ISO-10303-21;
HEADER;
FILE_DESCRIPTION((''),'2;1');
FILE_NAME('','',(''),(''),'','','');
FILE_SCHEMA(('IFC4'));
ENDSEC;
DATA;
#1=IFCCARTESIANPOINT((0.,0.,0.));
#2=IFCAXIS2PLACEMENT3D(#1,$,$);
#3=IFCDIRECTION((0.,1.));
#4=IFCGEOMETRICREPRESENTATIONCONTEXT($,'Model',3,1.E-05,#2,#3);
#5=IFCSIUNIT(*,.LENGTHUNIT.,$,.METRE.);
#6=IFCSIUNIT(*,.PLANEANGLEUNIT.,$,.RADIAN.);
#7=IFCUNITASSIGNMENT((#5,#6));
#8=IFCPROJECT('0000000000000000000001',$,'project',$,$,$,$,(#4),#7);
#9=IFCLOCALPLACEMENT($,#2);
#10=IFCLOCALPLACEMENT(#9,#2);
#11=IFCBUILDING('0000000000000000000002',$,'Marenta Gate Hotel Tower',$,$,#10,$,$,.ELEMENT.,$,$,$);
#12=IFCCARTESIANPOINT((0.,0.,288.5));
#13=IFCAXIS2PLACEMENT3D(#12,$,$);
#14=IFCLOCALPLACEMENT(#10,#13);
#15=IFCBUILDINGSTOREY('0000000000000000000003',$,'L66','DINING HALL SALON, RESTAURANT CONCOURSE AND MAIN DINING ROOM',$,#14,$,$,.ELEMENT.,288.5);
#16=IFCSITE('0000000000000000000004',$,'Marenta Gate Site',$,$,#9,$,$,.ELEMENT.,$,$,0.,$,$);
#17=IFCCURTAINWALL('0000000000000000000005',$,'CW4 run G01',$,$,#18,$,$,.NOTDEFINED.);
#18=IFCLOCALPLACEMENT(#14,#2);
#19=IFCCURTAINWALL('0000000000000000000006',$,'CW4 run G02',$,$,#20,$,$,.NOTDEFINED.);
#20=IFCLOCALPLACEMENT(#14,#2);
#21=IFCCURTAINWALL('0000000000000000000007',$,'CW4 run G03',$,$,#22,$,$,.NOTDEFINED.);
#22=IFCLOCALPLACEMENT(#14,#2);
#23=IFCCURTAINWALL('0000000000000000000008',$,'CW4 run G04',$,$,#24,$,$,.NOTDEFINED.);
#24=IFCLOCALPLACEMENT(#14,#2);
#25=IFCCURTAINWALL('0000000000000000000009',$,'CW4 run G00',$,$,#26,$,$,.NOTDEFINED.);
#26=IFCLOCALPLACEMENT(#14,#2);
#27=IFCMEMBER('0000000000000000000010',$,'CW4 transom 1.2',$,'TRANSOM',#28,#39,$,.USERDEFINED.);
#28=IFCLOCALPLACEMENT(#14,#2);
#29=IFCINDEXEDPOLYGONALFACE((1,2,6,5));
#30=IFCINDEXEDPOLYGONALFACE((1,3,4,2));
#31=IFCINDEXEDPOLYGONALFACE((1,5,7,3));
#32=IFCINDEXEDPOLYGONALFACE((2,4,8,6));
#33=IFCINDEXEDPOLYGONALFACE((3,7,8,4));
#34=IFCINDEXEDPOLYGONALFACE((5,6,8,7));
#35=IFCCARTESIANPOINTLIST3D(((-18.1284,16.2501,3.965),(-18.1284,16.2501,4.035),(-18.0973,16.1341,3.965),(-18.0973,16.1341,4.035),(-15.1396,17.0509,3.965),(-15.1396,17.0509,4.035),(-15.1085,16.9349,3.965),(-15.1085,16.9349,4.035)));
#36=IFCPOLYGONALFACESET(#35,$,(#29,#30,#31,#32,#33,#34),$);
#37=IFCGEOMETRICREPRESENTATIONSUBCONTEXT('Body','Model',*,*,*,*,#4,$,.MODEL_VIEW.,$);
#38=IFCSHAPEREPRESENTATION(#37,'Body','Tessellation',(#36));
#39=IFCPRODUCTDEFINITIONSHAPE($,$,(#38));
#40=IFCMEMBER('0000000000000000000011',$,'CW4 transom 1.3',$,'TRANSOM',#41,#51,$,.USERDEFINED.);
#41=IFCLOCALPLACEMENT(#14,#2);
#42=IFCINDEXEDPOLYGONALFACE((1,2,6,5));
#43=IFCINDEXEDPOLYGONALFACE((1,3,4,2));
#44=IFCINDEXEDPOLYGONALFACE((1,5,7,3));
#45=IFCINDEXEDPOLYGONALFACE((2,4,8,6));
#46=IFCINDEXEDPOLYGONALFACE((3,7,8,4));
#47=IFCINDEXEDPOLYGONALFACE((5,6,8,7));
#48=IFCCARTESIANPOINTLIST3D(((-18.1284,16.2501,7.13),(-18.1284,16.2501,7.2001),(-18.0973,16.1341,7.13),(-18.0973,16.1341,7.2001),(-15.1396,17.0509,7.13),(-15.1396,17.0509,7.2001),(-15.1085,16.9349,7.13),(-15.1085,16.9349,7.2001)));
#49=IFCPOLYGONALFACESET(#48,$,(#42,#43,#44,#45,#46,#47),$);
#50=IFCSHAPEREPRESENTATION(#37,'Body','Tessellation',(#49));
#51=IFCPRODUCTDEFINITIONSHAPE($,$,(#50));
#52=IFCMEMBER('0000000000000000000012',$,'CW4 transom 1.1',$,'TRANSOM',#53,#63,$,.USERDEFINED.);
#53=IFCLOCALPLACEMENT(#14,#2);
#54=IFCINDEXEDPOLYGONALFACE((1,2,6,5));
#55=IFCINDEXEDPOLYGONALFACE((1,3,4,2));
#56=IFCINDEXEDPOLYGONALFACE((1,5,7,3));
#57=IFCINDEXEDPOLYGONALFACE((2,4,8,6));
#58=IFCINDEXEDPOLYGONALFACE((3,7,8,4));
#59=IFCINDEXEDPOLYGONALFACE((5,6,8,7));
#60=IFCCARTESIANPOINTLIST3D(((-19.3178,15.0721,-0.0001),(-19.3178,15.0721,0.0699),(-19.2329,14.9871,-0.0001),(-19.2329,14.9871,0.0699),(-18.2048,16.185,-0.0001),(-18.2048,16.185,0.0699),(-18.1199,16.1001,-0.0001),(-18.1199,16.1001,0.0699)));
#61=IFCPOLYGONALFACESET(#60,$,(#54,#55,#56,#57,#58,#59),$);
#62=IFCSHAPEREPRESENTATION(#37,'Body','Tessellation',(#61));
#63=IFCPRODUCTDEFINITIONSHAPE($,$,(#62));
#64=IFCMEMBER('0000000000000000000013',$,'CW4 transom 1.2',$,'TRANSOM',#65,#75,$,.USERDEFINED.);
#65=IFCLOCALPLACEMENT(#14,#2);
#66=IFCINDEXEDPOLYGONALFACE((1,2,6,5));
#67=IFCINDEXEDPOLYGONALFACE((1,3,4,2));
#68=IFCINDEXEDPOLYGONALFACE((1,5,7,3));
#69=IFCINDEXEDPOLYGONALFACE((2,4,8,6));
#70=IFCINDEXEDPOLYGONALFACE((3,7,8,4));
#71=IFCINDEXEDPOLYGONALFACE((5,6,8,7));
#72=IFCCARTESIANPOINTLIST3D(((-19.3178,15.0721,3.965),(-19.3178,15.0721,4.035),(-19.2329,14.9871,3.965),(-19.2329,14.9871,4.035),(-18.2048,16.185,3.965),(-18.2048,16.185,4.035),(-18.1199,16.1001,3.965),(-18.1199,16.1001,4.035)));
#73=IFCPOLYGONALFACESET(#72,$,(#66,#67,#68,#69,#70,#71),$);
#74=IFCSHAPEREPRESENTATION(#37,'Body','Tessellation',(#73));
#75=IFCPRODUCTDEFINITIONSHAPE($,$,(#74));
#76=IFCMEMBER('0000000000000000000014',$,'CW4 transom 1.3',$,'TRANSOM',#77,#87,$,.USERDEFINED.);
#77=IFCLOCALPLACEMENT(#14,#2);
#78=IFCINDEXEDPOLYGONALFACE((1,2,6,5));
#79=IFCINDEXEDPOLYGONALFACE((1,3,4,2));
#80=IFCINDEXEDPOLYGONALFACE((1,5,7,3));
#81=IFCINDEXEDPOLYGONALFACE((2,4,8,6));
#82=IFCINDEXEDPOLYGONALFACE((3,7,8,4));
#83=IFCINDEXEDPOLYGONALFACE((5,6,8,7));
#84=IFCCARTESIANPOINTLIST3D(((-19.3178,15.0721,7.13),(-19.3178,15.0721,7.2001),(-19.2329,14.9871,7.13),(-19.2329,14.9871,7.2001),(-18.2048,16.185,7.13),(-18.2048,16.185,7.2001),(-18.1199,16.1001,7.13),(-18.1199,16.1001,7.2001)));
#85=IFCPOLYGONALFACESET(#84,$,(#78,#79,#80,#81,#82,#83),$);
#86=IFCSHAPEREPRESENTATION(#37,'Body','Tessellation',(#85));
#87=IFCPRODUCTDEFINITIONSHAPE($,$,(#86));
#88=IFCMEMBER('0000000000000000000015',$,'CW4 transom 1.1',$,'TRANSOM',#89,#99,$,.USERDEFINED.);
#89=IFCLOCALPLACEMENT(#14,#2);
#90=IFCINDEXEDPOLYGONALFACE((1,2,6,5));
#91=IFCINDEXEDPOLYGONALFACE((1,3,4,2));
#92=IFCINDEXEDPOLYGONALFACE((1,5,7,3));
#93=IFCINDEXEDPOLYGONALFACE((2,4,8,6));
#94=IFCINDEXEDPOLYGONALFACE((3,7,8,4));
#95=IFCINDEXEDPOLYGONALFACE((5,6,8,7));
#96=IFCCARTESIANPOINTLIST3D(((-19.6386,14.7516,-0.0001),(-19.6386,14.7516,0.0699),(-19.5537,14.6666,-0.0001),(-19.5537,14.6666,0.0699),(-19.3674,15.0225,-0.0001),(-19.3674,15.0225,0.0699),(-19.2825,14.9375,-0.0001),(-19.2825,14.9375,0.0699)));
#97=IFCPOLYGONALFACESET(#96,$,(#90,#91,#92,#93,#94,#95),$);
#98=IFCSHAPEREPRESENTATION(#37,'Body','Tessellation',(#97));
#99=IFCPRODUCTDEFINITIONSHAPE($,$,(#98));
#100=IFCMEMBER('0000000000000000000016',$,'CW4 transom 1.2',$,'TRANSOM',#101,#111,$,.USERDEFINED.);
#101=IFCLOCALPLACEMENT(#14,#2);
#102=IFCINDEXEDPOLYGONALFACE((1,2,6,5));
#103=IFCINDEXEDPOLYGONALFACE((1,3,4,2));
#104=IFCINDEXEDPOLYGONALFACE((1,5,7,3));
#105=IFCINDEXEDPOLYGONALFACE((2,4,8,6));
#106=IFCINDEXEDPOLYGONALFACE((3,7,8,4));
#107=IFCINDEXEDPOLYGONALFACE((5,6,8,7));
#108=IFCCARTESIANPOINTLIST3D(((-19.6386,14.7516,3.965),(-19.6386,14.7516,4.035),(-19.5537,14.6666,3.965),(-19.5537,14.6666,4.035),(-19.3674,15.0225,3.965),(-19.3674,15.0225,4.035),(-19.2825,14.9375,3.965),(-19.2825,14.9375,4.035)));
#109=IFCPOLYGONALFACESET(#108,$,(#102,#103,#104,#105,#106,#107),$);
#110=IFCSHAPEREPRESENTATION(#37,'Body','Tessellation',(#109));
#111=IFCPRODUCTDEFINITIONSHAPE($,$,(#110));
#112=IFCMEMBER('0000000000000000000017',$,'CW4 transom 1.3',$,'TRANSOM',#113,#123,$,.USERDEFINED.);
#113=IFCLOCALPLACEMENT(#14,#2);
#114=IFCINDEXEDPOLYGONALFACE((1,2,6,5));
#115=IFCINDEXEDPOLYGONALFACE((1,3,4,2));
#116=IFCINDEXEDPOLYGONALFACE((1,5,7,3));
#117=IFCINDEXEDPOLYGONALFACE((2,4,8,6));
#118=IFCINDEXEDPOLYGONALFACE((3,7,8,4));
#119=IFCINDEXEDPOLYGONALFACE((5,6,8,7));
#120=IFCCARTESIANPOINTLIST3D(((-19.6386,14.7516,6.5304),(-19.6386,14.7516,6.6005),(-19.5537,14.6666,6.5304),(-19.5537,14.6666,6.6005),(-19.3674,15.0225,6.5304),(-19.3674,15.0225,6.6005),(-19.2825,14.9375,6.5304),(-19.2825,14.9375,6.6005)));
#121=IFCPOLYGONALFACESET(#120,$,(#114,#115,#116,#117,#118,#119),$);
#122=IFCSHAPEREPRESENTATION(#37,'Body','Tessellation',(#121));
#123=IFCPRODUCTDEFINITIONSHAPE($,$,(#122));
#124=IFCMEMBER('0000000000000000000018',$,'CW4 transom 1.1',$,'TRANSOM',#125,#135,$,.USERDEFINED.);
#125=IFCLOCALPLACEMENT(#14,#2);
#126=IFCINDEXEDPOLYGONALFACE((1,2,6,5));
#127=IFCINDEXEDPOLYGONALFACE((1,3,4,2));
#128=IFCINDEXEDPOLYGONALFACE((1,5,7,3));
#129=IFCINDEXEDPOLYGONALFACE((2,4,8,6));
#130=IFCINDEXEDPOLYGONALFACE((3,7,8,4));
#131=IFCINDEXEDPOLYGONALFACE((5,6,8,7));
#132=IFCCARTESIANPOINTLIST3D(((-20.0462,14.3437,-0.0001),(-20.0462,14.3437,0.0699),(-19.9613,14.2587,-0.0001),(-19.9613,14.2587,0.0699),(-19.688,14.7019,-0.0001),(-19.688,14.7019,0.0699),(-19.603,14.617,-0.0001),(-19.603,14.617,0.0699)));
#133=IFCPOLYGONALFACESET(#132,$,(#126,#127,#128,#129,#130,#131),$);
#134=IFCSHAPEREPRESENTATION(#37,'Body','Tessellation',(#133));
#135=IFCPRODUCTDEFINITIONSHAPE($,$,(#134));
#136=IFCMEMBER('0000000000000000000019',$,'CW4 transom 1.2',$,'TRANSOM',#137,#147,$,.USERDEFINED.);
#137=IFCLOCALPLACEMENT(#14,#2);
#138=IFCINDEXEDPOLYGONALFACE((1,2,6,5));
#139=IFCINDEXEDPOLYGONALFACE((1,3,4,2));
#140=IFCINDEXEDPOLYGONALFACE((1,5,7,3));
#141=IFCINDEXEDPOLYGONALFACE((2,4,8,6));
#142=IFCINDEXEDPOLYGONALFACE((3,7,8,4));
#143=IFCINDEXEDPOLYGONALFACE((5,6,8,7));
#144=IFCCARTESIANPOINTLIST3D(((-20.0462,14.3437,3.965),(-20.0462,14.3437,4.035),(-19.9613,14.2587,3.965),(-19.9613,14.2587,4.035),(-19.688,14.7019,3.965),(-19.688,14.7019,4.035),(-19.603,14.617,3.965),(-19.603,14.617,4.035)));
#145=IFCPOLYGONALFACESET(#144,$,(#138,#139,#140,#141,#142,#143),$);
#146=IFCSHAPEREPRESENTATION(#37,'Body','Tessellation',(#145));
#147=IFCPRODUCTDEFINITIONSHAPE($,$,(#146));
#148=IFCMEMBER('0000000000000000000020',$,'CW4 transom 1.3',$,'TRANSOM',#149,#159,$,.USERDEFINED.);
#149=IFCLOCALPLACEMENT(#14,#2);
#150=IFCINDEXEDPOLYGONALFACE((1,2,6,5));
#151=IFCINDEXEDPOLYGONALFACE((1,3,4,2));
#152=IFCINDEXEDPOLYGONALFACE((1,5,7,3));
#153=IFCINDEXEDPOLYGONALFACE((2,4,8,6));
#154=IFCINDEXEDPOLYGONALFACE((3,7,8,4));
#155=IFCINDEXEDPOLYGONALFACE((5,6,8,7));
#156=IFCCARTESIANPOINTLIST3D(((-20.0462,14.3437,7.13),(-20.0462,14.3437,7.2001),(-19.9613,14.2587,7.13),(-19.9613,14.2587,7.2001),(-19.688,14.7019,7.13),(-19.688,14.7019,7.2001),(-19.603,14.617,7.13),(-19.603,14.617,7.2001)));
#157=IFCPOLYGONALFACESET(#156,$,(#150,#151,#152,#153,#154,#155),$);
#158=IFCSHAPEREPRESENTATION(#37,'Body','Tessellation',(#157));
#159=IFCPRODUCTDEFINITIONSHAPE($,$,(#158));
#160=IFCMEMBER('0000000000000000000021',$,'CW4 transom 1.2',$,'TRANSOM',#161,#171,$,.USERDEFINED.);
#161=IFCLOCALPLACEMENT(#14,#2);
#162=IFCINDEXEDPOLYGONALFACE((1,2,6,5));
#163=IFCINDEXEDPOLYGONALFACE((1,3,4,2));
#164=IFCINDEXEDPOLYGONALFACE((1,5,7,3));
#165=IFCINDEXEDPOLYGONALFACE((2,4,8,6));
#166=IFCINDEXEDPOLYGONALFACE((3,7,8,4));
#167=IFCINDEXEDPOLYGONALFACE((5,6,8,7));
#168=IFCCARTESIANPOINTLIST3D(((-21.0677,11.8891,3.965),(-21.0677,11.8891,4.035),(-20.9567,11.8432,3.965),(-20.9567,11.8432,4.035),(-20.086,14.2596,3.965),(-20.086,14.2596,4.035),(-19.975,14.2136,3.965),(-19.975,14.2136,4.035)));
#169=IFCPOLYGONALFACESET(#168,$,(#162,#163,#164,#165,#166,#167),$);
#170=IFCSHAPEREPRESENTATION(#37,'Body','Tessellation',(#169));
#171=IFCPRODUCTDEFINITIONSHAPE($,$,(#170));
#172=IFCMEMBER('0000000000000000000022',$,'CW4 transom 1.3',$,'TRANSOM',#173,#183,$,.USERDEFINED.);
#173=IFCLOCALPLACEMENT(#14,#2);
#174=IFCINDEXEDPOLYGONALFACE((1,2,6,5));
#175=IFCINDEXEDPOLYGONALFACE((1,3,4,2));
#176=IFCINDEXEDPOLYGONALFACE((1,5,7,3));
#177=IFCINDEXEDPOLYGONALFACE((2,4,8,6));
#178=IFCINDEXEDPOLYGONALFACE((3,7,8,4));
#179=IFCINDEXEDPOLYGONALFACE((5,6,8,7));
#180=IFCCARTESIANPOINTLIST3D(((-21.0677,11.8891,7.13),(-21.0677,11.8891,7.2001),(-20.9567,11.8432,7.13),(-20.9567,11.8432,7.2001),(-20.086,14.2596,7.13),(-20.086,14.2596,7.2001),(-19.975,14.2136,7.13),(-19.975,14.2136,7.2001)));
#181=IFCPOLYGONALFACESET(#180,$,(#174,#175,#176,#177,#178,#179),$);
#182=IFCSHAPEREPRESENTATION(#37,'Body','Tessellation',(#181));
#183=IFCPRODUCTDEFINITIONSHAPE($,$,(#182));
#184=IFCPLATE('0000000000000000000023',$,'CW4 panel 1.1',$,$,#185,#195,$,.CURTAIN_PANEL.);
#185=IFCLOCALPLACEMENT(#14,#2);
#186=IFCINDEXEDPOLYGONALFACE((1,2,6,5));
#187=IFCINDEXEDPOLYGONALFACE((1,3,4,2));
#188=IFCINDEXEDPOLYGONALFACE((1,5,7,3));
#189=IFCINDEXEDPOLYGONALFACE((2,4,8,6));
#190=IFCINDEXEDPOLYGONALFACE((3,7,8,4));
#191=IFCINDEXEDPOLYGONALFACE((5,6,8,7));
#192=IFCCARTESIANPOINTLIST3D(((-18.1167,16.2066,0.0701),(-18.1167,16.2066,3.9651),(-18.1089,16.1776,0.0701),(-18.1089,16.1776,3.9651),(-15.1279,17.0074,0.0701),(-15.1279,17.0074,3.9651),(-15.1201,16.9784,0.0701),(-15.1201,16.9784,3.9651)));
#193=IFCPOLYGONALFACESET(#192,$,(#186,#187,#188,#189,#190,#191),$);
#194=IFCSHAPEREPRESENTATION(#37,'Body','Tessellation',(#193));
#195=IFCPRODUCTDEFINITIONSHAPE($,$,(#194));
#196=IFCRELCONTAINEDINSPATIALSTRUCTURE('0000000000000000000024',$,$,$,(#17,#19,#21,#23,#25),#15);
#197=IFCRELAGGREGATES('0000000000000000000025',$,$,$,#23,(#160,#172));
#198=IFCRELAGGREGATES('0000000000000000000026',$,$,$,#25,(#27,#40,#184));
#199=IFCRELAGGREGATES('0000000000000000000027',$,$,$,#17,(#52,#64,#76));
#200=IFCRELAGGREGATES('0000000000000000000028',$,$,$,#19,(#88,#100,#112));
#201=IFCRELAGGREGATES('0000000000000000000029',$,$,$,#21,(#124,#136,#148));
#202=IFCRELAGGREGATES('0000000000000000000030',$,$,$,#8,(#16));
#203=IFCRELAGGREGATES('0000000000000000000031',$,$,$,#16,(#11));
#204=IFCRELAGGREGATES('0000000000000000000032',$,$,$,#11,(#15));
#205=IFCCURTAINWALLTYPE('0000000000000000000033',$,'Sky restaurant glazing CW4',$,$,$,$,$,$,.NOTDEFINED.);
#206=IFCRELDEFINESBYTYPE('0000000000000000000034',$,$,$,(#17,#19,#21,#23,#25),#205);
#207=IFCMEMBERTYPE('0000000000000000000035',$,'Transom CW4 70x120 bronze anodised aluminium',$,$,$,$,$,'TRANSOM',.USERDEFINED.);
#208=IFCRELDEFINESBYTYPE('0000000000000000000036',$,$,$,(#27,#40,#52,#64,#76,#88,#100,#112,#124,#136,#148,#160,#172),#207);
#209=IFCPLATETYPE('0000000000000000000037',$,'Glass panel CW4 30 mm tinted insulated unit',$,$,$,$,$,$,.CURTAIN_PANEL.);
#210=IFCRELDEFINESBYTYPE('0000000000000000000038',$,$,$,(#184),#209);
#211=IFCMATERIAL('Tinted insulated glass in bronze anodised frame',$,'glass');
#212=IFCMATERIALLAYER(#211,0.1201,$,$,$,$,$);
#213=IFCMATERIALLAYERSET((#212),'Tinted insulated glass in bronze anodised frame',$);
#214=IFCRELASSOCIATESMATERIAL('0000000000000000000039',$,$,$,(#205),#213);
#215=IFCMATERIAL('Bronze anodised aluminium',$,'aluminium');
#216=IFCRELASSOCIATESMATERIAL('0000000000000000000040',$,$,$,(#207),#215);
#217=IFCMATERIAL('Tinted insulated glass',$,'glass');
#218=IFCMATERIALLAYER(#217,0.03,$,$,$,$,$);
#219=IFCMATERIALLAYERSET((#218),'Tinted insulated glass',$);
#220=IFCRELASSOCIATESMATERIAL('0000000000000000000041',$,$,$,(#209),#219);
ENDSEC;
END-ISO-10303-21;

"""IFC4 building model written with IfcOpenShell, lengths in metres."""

from ifc_helpers import new_model, si_unit, direction, frame, origin, origin_2d, place, context, subcontext, project, spatial, rectangle, extrude, material, layer, layer_set, material_profile, profile_set, type_object, element, aggregate, save


model = new_model("IFC4")

# Units and contexts
model_context = context("Model", 3, precision=1e-05, world=origin(), true_north=direction((0.0, 1.0)))
body_context = subcontext(model_context, "Body", "Model", "MODEL_VIEW")
ifc_project = project(units=[si_unit("LENGTHUNIT", "METRE"), si_unit("PLANEANGLEUNIT", "RADIAN")], contexts=[model_context])

# Site, building, storey
site_placement = place(None, origin())
site = spatial("IfcSite", under=ifc_project, at=site_placement, Name="Marenta Gate Site", CompositionType="ELEMENT", RefElevation=0.0)
building_placement = place(site_placement, origin())
building = spatial("IfcBuilding", under=site, at=building_placement, Name="Marenta Gate Hotel Tower", CompositionType="ELEMENT")
storey_placement = place(building_placement, frame((0.0, 0.0, 288.5)))
storey = spatial("IfcBuildingStorey", under=building, at=storey_placement, Name="L66", Description="DINING HALL SALON, RESTAURANT CONCOURSE AND MAIN DINING ROOM", CompositionType="ELEMENT", Elevation=288.5)

# Curtain walls
ifc_material_1 = material(Name="Tinted insulated glass in bronze anodised frame", Category="glass")
ifc_layer_1 = layer(ifc_material_1, 0.1201)
ifc_layer_set_1 = layer_set([ifc_layer_1], Name="Tinted insulated glass in bronze anodised frame")
curtain_wall_type = type_object("IfcCurtainWallType", Name="Sky restaurant glazing CW4", PredefinedType="NOTDEFINED", material=ifc_layer_set_1)
curtain_wall_1_placement = place(storey_placement, origin())
curtain_wall_1 = element("IfcCurtainWall", 1, at=curtain_wall_1_placement, inside=storey, type_object=curtain_wall_type, Name="CW4 run G01", PredefinedType="NOTDEFINED")
curtain_wall_2_placement = place(storey_placement, origin())
curtain_wall_2 = element("IfcCurtainWall", 2, at=curtain_wall_2_placement, inside=storey, type_object=curtain_wall_type, Name="CW4 run G02", PredefinedType="NOTDEFINED")
curtain_wall_3_placement = place(storey_placement, origin())
curtain_wall_3 = element("IfcCurtainWall", 3, at=curtain_wall_3_placement, inside=storey, type_object=curtain_wall_type, Name="CW4 run G03", PredefinedType="NOTDEFINED")
curtain_wall_4_placement = place(storey_placement, origin())
curtain_wall_4 = element("IfcCurtainWall", 4, at=curtain_wall_4_placement, inside=storey, type_object=curtain_wall_type, Name="CW4 run G04", PredefinedType="NOTDEFINED")

# Curtain wall, members
curtain_wall_5_placement = place(storey_placement, origin())
curtain_wall_5 = element("IfcCurtainWall", 5, at=curtain_wall_5_placement, inside=storey, type_object=curtain_wall_type, Name="CW4 run G00", PredefinedType="NOTDEFINED")
ifc_material_2 = material(Name="Bronze anodised aluminium", Category="aluminium")
ifc_material_profile_1 = material_profile(ifc_material_2, rectangle(XDim=0.1201, YDim=0.0701, at=origin_2d()), Name="Transom CW4 70x120 bronze anodised aluminium")
ifc_profile_set_1 = profile_set([ifc_material_profile_1], Name="Bronze anodised aluminium")
member_type_1 = type_object("IfcMemberType", Name="Transom CW4 70x120 bronze anodised aluminium", ElementType="TRANSOM", PredefinedType="USERDEFINED", material=ifc_profile_set_1)
member_1_placement = place(storey_placement, frame((-15.124, 16.9929, 4.0), z_axis=(-0.96593, -0.258802, 0.0), x_axis=(0.258802, -0.96593, 0.0)))
member_1 = element("IfcMember", 6, at=member_1_placement, type_object=member_type_1, Name="CW4 transom 1.2", ObjectType="TRANSOM", PredefinedType="USERDEFINED", context=body_context, shape_type="SweptSolid", body=[
    extrude(rectangle(XDim=0.1201, YDim=0.0701, at=origin_2d()), origin(), (0.0, 0.0, 1.0), 3.0942),
])
member_2_placement = place(storey_placement, frame((-15.124, 16.9929, 7.165), z_axis=(-0.96593, -0.258802, 0.0), x_axis=(0.258802, -0.96593, 0.0)))
member_2 = element("IfcMember", 7, at=member_2_placement, type_object=member_type_1, Name="CW4 transom 1.3", ObjectType="TRANSOM", PredefinedType="USERDEFINED", context=body_context, shape_type="SweptSolid", body=[
    extrude(rectangle(XDim=0.1201, YDim=0.0701, at=origin_2d()), origin(), (0.0, 0.0, 1.0), 3.0942),
])

# Members
member_3_placement = place(storey_placement, frame((-18.1624, 16.1426, 0.0349), z_axis=(-0.707107, -0.707107, 0.0), x_axis=(0.707107, -0.707107, 0.0)))
member_3 = element("IfcMember", 8, at=member_3_placement, type_object=member_type_1, Name="CW4 transom 1.1", ObjectType="TRANSOM", PredefinedType="USERDEFINED", context=body_context, shape_type="SweptSolid", body=[
    extrude(rectangle(XDim=0.1201, YDim=0.0701, at=origin_2d()), origin(), (0.0, 0.0, 1.0), 1.574),
])
member_4_placement = place(storey_placement, frame((-18.1624, 16.1426, 4.0), z_axis=(-0.707107, -0.707107, 0.0), x_axis=(0.707107, -0.707107, 0.0)))
member_4 = element("IfcMember", 9, at=member_4_placement, type_object=member_type_1, Name="CW4 transom 1.2", ObjectType="TRANSOM", PredefinedType="USERDEFINED", context=body_context, shape_type="SweptSolid", body=[
    extrude(rectangle(XDim=0.1201, YDim=0.0701, at=origin_2d()), origin(), (0.0, 0.0, 1.0), 1.574),
])
member_5_placement = place(storey_placement, frame((-18.1624, 16.1426, 7.165), z_axis=(-0.707107, -0.707107, 0.0), x_axis=(0.707107, -0.707107, 0.0)))
member_5 = element("IfcMember", 10, at=member_5_placement, type_object=member_type_1, Name="CW4 transom 1.3", ObjectType="TRANSOM", PredefinedType="USERDEFINED", context=body_context, shape_type="SweptSolid", body=[
    extrude(rectangle(XDim=0.1201, YDim=0.0701, at=origin_2d()), origin(), (0.0, 0.0, 1.0), 1.574),
])
member_6_placement = place(storey_placement, frame((-19.325, 14.98, 0.0349), z_axis=(-0.707425, -0.706788, 0.0), x_axis=(0.706788, -0.707425, 0.0)))
member_6 = element("IfcMember", 11, at=member_6_placement, type_object=member_type_1, Name="CW4 transom 1.1", ObjectType="TRANSOM", PredefinedType="USERDEFINED", context=body_context, shape_type="SweptSolid", body=[
    extrude(rectangle(XDim=0.1201, YDim=0.0701, at=origin_2d()), origin(), (0.0, 0.0, 1.0), 0.3833),
])
member_7_placement = place(storey_placement, frame((-19.325, 14.98, 4.0), z_axis=(-0.707425, -0.706788, 0.0), x_axis=(0.706788, -0.707425, 0.0)))
member_7 = element("IfcMember", 12, at=member_7_placement, type_object=member_type_1, Name="CW4 transom 1.2", ObjectType="TRANSOM", PredefinedType="USERDEFINED", context=body_context, shape_type="SweptSolid", body=[
    extrude(rectangle(XDim=0.1201, YDim=0.0701, at=origin_2d()), origin(), (0.0, 0.0, 1.0), 0.3833),
])
member_8_placement = place(storey_placement, frame((-19.325, 14.98, 6.5654), z_axis=(-0.707425, -0.706788, 0.0), x_axis=(0.706788, -0.707425, 0.0)))
member_8 = element("IfcMember", 13, at=member_8_placement, type_object=member_type_1, Name="CW4 transom 1.3", ObjectType="TRANSOM", PredefinedType="USERDEFINED", context=body_context, shape_type="SweptSolid", body=[
    extrude(rectangle(XDim=0.1201, YDim=0.0701, at=origin_2d()), origin(), (0.0, 0.0, 1.0), 0.3833),
])
member_9_placement = place(storey_placement, frame((-19.6455, 14.6594, 0.0349), z_axis=(-0.707107, -0.707107, 0.0), x_axis=(0.707107, -0.707107, 0.0)))
member_9 = element("IfcMember", 14, at=member_9_placement, type_object=member_type_1, Name="CW4 transom 1.1", ObjectType="TRANSOM", PredefinedType="USERDEFINED", context=body_context, shape_type="SweptSolid", body=[
    extrude(rectangle(XDim=0.1201, YDim=0.0701, at=origin_2d()), origin(), (0.0, 0.0, 1.0), 0.5066),
])
member_10_placement = place(storey_placement, frame((-19.6455, 14.6594, 4.0), z_axis=(-0.707107, -0.707107, 0.0), x_axis=(0.707107, -0.707107, 0.0)))
member_10 = element("IfcMember", 15, at=member_10_placement, type_object=member_type_1, Name="CW4 transom 1.2", ObjectType="TRANSOM", PredefinedType="USERDEFINED", context=body_context, shape_type="SweptSolid", body=[
    extrude(rectangle(XDim=0.1201, YDim=0.0701, at=origin_2d()), origin(), (0.0, 0.0, 1.0), 0.5066),
])
member_11_placement = place(storey_placement, frame((-19.6455, 14.6594, 7.165), z_axis=(-0.707107, -0.707107, 0.0), x_axis=(0.707107, -0.707107, 0.0)))
member_11 = element("IfcMember", 16, at=member_11_placement, type_object=member_type_1, Name="CW4 transom 1.3", ObjectType="TRANSOM", PredefinedType="USERDEFINED", context=body_context, shape_type="SweptSolid", body=[
    extrude(rectangle(XDim=0.1201, YDim=0.0701, at=origin_2d()), origin(), (0.0, 0.0, 1.0), 0.5066),
])
member_12_placement = place(storey_placement, frame((-20.0305, 14.2366, 4.0), z_axis=(-0.382635, -0.9239, 0.0), x_axis=(0.9239, -0.382635, 0.0)))
member_12 = element("IfcMember", 17, at=member_12_placement, type_object=member_type_1, Name="CW4 transom 1.2", ObjectType="TRANSOM", PredefinedType="USERDEFINED", context=body_context, shape_type="SweptSolid", body=[
    extrude(rectangle(XDim=0.1201, YDim=0.0701, at=origin_2d()), origin(), (0.0, 0.0, 1.0), 2.5657),
])
member_13_placement = place(storey_placement, frame((-20.0305, 14.2366, 7.165), z_axis=(-0.382635, -0.9239, 0.0), x_axis=(0.9239, -0.382635, 0.0)))
member_13 = element("IfcMember", 18, at=member_13_placement, type_object=member_type_1, Name="CW4 transom 1.3", ObjectType="TRANSOM", PredefinedType="USERDEFINED", context=body_context, shape_type="SweptSolid", body=[
    extrude(rectangle(XDim=0.1201, YDim=0.0701, at=origin_2d()), origin(), (0.0, 0.0, 1.0), 2.5657),
])
aggregate(curtain_wall_4, [member_12, member_13])

# Plate
ifc_material_3 = material(Name="Tinted insulated glass", Category="glass")
ifc_layer_2 = layer(ifc_material_3, 0.03)
ifc_layer_set_2 = layer_set([ifc_layer_2], Name="Tinted insulated glass")
plate_type = type_object("IfcPlateType", Name="Glass panel CW4 30 mm tinted insulated unit", PredefinedType="CURTAIN_PANEL", material=ifc_layer_set_2)
plate_1_placement = place(storey_placement, frame((-16.6184, 16.5925, 0.0701), z_axis=(0.0, 0.0, 1.0), x_axis=(-0.965931, -0.258801, 0.0)))
plate_1 = element("IfcPlate", 19, at=plate_1_placement, type_object=plate_type, Name="CW4 panel 1.1", PredefinedType="CURTAIN_PANEL", context=body_context, shape_type="SweptSolid", body=[
    extrude(rectangle(XDim=3.0942, YDim=0.03, at=origin_2d()), origin(), (0.0, 0.0, 1.0), 3.895),
])
aggregate(curtain_wall_5, [member_1, member_2, plate_1])
aggregate(curtain_wall_1, [member_3, member_4, member_5])
aggregate(curtain_wall_2, [member_6, member_7, member_8])
aggregate(curtain_wall_3, [member_9, member_10, member_11])

save(model, "model.ifc")
